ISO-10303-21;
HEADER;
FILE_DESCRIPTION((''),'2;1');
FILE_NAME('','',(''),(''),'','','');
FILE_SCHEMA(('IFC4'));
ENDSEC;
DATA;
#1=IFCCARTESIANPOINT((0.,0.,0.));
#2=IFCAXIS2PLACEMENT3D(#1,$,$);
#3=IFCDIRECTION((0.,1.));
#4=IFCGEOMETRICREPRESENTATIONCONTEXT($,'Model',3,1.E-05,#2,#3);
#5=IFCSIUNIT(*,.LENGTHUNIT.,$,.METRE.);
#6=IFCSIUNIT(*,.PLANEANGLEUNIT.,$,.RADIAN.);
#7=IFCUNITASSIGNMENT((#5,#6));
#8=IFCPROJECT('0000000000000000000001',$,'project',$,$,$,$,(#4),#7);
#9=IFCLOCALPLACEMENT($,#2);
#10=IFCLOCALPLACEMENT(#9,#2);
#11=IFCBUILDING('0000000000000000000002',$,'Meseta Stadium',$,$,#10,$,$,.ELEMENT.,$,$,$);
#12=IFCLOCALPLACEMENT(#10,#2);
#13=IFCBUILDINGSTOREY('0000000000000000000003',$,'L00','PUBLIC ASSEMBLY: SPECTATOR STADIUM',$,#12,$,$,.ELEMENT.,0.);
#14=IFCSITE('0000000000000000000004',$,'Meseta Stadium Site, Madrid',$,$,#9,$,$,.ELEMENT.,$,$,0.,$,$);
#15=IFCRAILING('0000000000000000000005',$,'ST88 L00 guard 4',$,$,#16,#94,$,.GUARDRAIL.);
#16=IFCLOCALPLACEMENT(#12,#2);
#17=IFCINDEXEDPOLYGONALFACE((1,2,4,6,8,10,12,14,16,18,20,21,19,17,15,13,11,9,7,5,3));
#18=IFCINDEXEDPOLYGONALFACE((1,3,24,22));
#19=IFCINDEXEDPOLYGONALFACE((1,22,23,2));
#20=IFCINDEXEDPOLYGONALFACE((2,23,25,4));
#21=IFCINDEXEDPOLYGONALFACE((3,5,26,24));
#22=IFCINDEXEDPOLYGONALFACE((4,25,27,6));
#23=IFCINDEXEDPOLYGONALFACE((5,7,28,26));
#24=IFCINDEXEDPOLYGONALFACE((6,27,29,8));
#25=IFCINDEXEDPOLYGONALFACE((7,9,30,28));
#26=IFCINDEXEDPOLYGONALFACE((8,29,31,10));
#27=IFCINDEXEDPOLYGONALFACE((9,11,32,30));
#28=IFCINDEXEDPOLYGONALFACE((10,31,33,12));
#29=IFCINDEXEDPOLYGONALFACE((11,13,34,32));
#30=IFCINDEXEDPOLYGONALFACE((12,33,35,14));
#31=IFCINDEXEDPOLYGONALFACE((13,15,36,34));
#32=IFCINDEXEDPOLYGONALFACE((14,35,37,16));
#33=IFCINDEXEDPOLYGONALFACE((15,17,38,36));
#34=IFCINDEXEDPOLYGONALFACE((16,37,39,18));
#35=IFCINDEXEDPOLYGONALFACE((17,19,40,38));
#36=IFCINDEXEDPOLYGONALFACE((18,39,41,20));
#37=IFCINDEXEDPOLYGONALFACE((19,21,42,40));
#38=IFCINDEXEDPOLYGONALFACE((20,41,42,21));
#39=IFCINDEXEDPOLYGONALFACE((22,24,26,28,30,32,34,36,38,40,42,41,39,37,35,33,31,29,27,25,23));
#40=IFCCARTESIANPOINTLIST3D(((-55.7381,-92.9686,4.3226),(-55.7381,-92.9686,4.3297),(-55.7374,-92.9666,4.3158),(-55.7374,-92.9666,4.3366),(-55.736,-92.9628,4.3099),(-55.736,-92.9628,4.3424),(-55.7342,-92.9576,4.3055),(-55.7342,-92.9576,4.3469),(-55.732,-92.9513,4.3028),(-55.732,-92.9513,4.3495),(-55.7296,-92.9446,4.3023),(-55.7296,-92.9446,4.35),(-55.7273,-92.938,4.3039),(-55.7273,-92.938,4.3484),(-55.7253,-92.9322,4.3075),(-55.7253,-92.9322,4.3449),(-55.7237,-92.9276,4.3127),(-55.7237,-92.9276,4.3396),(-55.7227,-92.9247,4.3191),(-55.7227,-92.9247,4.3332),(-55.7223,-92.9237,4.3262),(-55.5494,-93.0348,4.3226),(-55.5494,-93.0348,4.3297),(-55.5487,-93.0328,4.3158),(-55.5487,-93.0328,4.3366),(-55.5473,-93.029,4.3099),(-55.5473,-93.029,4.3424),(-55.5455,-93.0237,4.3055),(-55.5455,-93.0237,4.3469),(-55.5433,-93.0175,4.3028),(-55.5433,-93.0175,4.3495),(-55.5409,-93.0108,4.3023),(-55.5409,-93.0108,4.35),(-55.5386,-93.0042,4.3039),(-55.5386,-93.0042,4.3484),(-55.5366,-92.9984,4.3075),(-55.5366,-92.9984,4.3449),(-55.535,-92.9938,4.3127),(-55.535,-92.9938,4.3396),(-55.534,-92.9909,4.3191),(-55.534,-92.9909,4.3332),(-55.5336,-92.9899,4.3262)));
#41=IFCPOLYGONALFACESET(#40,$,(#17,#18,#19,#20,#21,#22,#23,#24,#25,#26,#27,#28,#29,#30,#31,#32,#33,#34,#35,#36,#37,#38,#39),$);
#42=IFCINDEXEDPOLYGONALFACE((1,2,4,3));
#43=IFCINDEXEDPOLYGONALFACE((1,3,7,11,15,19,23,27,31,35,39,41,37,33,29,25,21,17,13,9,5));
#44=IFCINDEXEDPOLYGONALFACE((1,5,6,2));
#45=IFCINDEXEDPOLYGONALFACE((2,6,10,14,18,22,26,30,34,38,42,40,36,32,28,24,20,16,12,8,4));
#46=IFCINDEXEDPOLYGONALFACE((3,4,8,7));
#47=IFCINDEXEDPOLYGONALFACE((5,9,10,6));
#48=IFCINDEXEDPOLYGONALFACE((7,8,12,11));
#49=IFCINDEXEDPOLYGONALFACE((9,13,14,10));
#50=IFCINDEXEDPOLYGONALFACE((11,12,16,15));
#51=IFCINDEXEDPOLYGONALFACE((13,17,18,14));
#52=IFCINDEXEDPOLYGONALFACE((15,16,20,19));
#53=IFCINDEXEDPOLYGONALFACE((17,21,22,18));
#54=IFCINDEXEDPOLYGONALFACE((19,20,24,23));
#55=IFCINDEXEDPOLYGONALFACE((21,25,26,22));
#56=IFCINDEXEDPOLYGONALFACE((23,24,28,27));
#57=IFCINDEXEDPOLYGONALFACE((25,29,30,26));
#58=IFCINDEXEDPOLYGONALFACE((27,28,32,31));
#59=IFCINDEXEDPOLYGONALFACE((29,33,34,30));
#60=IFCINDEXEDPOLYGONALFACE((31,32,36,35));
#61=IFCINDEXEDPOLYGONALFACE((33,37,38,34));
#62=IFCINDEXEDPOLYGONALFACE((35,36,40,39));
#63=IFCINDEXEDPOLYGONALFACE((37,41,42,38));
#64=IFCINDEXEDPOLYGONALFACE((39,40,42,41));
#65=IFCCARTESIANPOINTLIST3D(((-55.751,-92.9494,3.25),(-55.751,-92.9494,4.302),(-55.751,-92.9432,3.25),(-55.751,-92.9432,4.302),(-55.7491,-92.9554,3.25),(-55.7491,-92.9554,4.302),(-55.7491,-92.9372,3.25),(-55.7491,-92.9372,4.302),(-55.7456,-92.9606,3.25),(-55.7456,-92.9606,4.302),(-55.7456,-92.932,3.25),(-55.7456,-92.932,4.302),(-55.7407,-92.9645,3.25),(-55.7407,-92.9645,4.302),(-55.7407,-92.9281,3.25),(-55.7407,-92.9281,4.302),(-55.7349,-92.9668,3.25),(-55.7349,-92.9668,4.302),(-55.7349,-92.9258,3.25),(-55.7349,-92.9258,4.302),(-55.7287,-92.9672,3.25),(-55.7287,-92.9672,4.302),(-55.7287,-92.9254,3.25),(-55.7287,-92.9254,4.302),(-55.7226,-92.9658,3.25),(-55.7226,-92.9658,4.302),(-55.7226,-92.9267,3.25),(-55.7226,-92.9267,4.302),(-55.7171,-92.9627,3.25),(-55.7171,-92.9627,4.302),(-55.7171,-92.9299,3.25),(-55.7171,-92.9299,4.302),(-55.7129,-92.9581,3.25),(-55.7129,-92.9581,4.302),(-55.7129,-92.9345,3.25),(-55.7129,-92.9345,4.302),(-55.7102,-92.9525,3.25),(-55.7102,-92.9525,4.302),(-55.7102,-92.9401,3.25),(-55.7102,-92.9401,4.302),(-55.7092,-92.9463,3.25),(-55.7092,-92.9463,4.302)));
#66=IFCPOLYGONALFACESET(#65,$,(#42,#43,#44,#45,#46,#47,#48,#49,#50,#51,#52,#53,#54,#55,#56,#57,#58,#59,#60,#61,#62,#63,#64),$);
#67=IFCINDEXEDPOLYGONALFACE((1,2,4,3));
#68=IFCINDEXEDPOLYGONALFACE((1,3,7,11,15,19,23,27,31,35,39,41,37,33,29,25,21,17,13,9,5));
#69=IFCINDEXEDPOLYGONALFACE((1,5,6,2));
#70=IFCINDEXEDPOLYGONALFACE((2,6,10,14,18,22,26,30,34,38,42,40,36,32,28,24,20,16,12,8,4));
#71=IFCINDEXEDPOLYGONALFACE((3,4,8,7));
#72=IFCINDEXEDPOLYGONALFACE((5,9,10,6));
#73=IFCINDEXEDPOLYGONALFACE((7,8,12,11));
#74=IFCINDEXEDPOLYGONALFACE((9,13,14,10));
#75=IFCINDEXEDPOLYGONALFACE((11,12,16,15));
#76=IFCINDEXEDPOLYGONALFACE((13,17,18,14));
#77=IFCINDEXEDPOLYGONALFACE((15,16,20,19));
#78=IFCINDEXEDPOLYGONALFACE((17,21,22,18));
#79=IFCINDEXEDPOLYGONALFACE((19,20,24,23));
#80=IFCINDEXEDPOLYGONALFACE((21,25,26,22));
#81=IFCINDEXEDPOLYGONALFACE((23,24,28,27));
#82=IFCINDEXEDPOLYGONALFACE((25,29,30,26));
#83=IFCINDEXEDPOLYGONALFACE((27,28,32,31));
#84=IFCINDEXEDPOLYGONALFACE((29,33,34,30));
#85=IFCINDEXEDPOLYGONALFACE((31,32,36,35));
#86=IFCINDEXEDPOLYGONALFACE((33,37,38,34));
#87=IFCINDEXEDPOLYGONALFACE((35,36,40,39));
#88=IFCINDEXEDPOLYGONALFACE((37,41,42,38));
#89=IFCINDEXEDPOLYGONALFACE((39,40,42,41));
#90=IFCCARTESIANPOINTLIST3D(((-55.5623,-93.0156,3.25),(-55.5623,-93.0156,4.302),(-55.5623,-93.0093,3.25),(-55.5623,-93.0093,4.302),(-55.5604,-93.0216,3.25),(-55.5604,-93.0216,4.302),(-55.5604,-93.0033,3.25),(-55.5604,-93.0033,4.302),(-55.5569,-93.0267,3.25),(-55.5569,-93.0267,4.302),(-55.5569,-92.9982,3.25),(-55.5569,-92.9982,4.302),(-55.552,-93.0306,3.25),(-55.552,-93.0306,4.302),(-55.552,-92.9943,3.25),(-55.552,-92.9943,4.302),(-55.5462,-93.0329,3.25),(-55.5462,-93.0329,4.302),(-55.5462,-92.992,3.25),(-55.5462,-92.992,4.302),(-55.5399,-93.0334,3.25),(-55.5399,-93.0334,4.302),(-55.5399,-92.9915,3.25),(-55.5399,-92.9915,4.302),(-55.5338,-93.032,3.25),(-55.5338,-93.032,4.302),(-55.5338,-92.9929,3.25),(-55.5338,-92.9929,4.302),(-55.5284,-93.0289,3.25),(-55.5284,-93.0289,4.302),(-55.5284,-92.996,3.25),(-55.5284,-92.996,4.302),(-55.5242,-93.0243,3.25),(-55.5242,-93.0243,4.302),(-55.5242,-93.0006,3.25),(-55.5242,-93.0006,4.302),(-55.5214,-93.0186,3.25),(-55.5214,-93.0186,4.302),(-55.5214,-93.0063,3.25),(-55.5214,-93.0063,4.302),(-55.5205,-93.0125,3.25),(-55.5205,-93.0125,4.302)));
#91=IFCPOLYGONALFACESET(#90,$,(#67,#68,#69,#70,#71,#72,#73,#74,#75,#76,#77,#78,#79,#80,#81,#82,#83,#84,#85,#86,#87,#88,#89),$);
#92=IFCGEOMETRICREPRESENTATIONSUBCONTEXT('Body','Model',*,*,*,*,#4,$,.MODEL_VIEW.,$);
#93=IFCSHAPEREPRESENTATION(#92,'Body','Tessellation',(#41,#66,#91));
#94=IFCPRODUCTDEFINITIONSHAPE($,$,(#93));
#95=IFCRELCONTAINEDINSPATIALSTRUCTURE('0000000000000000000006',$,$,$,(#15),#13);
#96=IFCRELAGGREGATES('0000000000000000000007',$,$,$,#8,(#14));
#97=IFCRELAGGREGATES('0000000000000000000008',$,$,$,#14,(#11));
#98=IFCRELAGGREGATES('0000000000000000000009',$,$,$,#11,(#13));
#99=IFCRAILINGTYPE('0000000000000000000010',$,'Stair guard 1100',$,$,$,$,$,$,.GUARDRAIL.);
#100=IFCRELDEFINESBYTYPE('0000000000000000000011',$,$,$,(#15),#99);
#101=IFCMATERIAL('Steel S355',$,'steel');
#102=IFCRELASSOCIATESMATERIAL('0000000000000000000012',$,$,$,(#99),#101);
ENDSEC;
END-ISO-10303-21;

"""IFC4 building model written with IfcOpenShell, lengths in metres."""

from ifc_helpers import new_model, si_unit, direction, frame, origin, origin_2d, place, context, subcontext, project, spatial, circle, extrude, material, type_object, element, save


model = new_model("IFC4")

# Units and contexts
model_context = context("Model", 3, precision=1e-05, world=origin(), true_north=direction((0.0, 1.0)))
body_context = subcontext(model_context, "Body", "Model", "MODEL_VIEW")
ifc_project = project(units=[si_unit("LENGTHUNIT", "METRE"), si_unit("PLANEANGLEUNIT", "RADIAN")], contexts=[model_context])

# Site, building, storey
site_placement = place(None, origin())
site = spatial("IfcSite", under=ifc_project, at=site_placement, Name="Meseta Stadium Site, Madrid", CompositionType="ELEMENT", RefElevation=0.0)
building_placement = place(site_placement, origin())
building = spatial("IfcBuilding", under=site, at=building_placement, Name="Meseta Stadium", CompositionType="ELEMENT")
storey_placement = place(building_placement, origin())
storey = spatial("IfcBuildingStorey", under=building, at=storey_placement, Name="L00", Description="PUBLIC ASSEMBLY: SPECTATOR STADIUM", CompositionType="ELEMENT", Elevation=0.0)

# Railing
ifc_material_1 = material(Name="Steel S355", Category="steel")
railing_type_1 = type_object("IfcRailingType", Name="Stair guard 1100", PredefinedType="GUARDRAIL", material=ifc_material_1)
railing_1_placement = place(storey_placement, frame((-55.7302, -92.9463, 3.25)))
element("IfcRailing", 1, at=railing_1_placement, inside=storey, type_object=railing_type_1, Name="ST88 L00 guard 4", PredefinedType="GUARDRAIL", context=body_context, shape_type="SweptSolid", body=[
    extrude(circle(Radius=0.0239, at=origin_2d()), frame((0.0, 0.0, 1.0762), z_axis=(0.943687, -0.33084, 0.0), x_axis=(0.33084, 0.943687, 0.0)), (0.0, 0.0, 1.0), 0.2),
    extrude(circle(Radius=0.021, at=origin_2d()), origin(), (0.0, 0.0, 1.0), 1.052),
    extrude(circle(Radius=0.021, at=origin_2d()), frame((0.1887, -0.0662, 0.0)), (0.0, 0.0, 1.0), 1.052),
])

save(model, "model.ifc")
